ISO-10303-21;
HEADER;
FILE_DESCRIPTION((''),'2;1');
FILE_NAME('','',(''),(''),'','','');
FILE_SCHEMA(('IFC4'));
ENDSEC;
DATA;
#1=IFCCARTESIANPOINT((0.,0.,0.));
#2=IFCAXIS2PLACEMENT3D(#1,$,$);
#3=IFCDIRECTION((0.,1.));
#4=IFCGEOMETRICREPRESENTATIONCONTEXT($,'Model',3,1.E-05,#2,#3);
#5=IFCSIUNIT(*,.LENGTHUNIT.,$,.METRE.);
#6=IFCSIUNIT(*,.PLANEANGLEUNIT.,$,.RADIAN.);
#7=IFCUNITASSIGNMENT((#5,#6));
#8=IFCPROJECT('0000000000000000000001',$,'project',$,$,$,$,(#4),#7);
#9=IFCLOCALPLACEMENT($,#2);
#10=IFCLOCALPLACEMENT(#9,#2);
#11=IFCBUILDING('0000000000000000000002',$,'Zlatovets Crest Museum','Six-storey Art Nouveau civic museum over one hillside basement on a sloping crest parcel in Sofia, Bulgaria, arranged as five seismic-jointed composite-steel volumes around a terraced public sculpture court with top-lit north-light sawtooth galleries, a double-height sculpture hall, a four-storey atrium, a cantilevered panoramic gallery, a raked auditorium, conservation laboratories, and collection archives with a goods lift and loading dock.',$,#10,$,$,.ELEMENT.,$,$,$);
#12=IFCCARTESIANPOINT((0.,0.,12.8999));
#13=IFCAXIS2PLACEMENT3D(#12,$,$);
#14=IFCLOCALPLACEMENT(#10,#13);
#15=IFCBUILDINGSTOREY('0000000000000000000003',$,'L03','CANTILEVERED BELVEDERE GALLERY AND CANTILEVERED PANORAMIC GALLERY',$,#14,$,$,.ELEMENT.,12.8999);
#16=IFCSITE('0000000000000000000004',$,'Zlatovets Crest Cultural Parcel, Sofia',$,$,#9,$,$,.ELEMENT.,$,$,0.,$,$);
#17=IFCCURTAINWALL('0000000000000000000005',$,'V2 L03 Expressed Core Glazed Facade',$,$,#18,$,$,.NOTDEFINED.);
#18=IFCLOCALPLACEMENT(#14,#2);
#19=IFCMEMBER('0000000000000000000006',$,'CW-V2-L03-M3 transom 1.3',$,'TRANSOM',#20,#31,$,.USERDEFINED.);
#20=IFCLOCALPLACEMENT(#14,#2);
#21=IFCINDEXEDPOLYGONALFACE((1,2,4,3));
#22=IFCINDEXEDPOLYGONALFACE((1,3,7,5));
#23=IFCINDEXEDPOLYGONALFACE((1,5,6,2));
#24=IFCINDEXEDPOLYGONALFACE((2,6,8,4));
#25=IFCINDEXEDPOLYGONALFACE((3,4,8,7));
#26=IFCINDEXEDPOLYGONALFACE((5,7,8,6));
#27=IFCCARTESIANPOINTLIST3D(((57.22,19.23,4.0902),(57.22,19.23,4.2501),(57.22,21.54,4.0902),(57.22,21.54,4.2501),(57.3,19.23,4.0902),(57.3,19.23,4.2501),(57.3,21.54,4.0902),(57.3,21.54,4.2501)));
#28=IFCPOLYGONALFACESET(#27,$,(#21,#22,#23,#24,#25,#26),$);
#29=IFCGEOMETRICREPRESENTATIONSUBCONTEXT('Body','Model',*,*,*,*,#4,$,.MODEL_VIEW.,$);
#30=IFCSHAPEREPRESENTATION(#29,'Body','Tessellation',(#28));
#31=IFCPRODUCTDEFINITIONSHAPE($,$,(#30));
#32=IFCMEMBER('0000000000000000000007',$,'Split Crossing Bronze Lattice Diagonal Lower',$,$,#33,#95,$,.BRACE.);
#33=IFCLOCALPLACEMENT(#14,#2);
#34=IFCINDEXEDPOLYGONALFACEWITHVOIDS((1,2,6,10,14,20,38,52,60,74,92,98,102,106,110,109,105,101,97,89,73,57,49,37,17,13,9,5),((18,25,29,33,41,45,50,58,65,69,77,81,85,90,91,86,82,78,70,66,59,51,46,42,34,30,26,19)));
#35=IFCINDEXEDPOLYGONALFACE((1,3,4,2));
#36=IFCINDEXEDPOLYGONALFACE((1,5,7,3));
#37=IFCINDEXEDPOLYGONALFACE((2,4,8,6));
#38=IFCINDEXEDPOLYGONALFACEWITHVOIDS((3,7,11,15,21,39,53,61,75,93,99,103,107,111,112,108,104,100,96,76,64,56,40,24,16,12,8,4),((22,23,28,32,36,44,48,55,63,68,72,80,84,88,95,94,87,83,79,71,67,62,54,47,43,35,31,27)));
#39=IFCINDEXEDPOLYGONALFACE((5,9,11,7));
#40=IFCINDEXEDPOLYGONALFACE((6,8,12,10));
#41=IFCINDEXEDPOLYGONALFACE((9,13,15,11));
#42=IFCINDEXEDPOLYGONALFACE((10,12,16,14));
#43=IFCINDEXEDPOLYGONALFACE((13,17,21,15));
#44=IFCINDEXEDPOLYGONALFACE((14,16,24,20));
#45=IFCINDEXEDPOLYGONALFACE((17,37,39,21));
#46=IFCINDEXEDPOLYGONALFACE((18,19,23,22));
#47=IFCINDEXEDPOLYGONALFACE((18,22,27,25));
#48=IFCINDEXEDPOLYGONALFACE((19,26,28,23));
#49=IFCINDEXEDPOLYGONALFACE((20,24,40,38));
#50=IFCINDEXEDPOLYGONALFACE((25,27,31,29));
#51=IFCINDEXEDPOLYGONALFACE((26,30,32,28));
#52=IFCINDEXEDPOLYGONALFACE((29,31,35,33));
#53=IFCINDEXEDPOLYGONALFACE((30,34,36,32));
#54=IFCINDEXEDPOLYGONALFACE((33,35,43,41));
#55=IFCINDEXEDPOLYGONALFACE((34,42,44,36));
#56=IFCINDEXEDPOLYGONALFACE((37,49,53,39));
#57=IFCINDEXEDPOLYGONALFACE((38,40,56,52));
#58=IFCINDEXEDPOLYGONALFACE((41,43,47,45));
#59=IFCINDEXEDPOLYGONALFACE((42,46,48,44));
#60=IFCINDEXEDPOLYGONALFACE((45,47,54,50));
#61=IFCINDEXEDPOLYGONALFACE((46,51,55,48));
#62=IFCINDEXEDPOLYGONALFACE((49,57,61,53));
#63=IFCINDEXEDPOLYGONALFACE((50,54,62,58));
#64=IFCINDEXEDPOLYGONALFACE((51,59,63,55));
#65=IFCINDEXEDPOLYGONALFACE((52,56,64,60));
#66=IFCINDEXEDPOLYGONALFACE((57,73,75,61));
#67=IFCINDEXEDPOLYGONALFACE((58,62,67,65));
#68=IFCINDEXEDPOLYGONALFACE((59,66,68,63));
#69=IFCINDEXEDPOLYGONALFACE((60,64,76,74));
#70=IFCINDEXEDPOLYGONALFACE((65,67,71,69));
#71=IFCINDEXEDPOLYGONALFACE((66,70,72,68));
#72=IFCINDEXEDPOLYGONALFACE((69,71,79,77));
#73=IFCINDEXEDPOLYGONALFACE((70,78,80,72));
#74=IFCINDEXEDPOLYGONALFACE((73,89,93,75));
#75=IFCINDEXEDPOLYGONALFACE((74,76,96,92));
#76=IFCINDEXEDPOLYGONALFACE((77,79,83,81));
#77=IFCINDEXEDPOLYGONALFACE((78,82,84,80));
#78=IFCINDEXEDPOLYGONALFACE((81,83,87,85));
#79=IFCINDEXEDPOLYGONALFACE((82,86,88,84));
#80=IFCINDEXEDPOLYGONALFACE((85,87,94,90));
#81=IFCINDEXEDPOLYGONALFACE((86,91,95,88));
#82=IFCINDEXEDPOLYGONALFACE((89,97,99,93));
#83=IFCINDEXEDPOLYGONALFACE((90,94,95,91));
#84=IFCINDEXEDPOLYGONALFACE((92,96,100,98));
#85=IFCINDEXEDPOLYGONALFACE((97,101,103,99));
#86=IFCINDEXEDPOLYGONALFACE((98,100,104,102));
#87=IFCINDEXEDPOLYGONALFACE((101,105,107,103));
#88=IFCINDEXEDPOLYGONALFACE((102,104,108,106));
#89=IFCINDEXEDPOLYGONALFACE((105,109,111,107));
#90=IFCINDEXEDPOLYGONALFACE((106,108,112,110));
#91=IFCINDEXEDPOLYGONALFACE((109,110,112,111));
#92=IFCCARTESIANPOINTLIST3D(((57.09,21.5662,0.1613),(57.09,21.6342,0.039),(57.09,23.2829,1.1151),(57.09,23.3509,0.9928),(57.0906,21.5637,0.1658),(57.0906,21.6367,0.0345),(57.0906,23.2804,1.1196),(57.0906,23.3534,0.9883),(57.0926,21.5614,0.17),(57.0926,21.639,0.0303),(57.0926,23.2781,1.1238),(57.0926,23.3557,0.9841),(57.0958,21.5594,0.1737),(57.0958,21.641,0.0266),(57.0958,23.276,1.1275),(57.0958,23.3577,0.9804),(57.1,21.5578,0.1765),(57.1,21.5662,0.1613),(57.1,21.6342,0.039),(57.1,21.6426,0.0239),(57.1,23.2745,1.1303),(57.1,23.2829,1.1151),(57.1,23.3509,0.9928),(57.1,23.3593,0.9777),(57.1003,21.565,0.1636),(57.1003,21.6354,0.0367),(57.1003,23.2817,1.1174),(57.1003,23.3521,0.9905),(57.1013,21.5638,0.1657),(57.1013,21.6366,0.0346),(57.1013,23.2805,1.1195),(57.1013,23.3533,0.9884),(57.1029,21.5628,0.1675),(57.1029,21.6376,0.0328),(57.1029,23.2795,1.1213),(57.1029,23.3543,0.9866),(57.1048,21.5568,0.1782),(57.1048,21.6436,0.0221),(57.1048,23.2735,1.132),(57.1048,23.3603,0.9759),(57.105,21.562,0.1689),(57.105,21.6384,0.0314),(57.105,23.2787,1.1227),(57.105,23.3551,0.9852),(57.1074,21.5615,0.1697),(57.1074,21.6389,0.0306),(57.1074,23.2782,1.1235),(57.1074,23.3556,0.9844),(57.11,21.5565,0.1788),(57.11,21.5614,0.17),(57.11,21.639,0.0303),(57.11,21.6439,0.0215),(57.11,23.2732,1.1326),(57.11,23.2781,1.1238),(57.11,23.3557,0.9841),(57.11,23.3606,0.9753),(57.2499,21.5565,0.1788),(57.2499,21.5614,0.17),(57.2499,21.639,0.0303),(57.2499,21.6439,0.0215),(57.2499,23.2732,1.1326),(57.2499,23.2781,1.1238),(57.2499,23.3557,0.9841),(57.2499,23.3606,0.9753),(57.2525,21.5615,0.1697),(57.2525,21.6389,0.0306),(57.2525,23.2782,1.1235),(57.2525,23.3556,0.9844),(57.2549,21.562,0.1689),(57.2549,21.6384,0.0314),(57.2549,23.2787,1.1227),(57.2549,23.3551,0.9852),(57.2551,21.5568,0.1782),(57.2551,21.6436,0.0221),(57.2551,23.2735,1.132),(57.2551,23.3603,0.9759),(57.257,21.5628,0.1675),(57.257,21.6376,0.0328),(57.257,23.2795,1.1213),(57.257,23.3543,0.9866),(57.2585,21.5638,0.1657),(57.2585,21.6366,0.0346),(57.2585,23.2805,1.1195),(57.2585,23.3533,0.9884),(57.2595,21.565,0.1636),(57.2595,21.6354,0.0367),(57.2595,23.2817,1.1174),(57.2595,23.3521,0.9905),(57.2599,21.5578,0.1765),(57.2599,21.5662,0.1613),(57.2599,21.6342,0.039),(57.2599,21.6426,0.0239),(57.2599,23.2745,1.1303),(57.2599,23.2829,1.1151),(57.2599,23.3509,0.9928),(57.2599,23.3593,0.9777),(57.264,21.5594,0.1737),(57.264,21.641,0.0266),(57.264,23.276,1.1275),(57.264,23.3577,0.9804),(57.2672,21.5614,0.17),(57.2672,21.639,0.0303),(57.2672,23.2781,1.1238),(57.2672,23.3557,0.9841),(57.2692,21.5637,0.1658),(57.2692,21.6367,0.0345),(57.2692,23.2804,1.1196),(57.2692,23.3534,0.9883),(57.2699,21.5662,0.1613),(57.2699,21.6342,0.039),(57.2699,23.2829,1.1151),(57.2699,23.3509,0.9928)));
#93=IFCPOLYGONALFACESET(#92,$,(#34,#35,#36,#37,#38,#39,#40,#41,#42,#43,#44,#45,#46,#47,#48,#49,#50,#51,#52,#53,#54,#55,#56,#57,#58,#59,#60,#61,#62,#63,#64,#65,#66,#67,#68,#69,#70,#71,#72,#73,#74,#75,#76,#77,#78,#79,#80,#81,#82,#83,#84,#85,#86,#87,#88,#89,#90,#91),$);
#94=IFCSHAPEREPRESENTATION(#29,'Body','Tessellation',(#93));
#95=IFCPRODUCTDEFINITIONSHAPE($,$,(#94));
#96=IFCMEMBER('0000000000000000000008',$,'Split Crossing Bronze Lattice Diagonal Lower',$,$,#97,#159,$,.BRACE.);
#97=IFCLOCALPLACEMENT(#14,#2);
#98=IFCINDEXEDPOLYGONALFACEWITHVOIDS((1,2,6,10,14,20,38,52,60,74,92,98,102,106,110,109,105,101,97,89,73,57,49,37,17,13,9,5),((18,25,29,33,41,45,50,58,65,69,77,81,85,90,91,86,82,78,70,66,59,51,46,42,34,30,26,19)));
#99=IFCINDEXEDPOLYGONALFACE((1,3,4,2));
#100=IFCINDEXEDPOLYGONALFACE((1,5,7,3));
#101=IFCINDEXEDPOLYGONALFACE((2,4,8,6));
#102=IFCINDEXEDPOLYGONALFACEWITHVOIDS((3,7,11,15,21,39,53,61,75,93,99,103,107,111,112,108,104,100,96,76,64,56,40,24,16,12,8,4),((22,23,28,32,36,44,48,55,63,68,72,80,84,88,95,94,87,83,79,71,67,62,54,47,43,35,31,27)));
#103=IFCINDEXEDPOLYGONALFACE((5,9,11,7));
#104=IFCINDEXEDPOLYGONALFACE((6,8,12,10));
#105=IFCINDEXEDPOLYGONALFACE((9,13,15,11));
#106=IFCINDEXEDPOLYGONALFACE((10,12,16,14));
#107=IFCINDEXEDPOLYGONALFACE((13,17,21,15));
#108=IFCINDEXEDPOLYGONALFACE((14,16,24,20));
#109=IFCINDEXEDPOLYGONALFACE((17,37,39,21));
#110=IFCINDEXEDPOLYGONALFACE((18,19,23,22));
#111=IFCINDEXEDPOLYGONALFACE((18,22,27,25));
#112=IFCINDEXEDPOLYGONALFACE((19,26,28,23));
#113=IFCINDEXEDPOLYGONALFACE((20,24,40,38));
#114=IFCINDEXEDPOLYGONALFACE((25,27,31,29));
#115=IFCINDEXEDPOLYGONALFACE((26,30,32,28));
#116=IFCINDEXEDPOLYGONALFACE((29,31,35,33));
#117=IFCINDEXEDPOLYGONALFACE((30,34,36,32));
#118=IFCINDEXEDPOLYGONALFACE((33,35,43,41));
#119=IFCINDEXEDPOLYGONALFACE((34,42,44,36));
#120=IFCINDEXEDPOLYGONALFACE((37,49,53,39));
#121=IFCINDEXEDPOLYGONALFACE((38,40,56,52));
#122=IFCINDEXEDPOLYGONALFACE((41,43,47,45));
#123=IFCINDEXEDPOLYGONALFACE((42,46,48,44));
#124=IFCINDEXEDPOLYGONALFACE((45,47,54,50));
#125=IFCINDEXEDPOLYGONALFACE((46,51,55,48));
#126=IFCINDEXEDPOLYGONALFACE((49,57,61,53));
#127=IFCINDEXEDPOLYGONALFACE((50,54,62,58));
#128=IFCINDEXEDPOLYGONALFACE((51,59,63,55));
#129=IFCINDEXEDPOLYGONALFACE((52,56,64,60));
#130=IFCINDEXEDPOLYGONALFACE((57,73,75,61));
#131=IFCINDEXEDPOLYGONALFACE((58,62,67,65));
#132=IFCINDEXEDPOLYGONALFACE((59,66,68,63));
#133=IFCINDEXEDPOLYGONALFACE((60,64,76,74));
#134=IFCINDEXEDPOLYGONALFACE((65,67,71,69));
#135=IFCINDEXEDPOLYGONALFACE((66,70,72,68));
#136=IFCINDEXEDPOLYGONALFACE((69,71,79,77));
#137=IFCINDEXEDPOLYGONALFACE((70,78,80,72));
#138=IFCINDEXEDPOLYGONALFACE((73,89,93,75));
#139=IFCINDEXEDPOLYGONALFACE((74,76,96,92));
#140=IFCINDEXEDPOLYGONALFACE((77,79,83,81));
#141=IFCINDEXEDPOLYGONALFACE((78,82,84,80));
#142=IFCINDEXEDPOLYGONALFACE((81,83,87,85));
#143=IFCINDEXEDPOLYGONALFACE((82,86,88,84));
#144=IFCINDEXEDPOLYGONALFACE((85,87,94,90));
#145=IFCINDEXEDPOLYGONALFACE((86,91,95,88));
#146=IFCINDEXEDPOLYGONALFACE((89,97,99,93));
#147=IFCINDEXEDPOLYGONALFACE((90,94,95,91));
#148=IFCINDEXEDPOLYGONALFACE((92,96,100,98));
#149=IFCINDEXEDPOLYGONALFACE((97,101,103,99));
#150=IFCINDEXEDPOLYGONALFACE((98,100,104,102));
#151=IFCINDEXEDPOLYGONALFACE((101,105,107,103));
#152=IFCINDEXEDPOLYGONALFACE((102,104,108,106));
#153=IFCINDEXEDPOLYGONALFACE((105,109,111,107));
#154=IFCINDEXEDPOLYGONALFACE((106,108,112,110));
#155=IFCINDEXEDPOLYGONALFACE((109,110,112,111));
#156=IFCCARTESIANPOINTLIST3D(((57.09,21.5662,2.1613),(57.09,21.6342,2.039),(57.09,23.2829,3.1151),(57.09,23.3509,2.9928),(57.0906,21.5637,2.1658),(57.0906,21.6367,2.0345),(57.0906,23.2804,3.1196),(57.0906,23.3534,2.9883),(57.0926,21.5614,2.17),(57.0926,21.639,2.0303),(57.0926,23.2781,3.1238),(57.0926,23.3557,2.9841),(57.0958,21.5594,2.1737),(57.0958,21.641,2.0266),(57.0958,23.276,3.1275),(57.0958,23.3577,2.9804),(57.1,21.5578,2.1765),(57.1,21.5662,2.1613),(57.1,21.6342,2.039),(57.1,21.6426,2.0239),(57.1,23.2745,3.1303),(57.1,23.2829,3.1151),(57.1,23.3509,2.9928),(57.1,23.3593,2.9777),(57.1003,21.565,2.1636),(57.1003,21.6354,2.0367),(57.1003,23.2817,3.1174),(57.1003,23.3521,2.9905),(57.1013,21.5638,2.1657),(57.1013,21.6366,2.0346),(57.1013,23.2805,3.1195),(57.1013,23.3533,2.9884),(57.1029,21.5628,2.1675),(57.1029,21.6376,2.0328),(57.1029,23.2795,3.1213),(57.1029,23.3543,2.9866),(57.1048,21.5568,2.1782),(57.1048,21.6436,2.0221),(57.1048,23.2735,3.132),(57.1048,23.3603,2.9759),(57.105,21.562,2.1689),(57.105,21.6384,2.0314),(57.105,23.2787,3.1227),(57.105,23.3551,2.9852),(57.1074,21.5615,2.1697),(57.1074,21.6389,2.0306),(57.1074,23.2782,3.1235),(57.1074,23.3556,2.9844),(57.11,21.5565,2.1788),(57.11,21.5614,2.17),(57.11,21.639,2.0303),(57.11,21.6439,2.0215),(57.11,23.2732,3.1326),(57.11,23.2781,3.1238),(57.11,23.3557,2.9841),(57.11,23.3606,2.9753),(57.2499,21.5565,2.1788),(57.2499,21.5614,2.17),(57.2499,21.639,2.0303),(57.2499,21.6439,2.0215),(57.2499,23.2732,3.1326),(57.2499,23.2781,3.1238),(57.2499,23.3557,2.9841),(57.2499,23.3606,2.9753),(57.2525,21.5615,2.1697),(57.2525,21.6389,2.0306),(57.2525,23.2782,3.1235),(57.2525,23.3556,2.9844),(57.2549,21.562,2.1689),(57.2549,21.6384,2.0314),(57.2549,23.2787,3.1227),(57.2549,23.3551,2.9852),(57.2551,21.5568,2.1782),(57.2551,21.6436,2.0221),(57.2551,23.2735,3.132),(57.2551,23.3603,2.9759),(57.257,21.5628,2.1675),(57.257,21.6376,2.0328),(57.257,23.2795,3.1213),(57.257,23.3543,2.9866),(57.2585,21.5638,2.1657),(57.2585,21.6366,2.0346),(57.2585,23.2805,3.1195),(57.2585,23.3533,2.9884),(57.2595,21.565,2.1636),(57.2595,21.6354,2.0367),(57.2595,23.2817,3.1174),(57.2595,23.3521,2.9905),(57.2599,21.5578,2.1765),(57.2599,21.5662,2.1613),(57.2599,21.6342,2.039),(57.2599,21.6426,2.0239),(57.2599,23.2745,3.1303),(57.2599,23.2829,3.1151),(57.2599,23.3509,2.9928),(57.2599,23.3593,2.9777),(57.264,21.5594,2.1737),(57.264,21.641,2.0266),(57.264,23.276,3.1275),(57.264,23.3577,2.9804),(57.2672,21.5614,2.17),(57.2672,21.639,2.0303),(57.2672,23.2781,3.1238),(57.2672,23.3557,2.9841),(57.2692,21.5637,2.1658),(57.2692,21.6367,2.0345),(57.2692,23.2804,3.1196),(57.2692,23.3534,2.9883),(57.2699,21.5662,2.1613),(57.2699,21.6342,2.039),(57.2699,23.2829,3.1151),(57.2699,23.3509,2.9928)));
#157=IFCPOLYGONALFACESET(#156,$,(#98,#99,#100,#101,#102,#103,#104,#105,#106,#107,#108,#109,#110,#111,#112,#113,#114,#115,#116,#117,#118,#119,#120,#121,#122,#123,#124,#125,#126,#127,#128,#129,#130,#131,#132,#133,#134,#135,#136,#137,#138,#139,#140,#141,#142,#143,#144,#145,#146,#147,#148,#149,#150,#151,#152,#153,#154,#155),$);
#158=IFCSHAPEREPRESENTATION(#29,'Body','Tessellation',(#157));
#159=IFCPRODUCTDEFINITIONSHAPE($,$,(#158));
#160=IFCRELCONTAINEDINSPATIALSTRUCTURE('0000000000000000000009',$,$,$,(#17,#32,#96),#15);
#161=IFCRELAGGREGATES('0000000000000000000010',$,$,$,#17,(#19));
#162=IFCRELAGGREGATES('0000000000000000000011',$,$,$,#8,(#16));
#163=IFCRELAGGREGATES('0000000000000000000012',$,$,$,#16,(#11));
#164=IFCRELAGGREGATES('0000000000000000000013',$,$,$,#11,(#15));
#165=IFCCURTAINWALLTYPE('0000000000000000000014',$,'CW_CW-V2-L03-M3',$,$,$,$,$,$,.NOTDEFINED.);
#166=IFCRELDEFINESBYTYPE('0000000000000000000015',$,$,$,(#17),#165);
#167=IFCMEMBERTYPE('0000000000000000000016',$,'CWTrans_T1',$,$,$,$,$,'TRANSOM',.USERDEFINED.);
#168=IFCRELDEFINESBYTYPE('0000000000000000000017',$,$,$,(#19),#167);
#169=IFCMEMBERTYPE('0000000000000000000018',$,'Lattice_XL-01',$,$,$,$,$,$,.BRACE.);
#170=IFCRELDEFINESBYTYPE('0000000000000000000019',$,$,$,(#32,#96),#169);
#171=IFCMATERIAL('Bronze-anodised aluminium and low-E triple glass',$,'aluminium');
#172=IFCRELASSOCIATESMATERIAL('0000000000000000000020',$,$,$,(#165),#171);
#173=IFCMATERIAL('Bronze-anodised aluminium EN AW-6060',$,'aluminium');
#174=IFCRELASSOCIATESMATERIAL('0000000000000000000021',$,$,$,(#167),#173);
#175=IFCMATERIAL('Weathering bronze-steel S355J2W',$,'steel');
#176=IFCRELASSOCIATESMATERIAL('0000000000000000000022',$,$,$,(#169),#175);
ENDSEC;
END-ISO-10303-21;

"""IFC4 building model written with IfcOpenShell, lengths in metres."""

from ifc_helpers import new_model, si_unit, direction, frame, origin, origin_2d, place, context, subcontext, project, spatial, rectangle, hollow_rectangle, extrude, material, material_profile, profile_set, type_object, element, aggregate, save


model = new_model("IFC4")

# Units and contexts
model_context = context("Model", 3, precision=1e-05, world=origin(), true_north=direction((0.0, 1.0)))
body_context = subcontext(model_context, "Body", "Model", "MODEL_VIEW")
ifc_project = project(units=[si_unit("LENGTHUNIT", "METRE"), si_unit("PLANEANGLEUNIT", "RADIAN")], contexts=[model_context])

# Site, building, storey
site_placement = place(None, origin())
site = spatial("IfcSite", under=ifc_project, at=site_placement, Name="Zlatovets Crest Cultural Parcel, Sofia", CompositionType="ELEMENT", RefElevation=0.0)
building_placement = place(site_placement, origin())
building = spatial("IfcBuilding", under=site, at=building_placement, Name="Zlatovets Crest Museum", Description="Six-storey Art Nouveau civic museum over one hillside basement on a sloping crest parcel in Sofia, Bulgaria, arranged as five seismic-jointed composite-steel volumes around a terraced public sculpture court with top-lit north-light sawtooth galleries, a double-height sculpture hall, a four-storey atrium, a cantilevered panoramic gallery, a raked auditorium, conservation laboratories, and collection archives with a goods lift and loading dock.", CompositionType="ELEMENT")
storey_placement = place(building_placement, frame((0.0, 0.0, 12.8999)))
storey = spatial("IfcBuildingStorey", under=building, at=storey_placement, Name="L03", Description="CANTILEVERED BELVEDERE GALLERY AND CANTILEVERED PANORAMIC GALLERY", CompositionType="ELEMENT", Elevation=12.8999)

# Curtain wall, member
ifc_material_1 = material(Name="Bronze-anodised aluminium and low-E triple glass", Category="aluminium")
curtain_wall_type = type_object("IfcCurtainWallType", Name="CW_CW-V2-L03-M3", PredefinedType="NOTDEFINED", material=ifc_material_1)
curtain_wall_placement = place(storey_placement, origin())
curtain_wall = element("IfcCurtainWall", 1, at=curtain_wall_placement, inside=storey, type_object=curtain_wall_type, Name="V2 L03 Expressed Core Glazed Facade", PredefinedType="NOTDEFINED")
ifc_material_2 = material(Name="Bronze-anodised aluminium EN AW-6060", Category="aluminium")
ifc_material_profile_1 = material_profile(ifc_material_2, rectangle(XDim=0.0801, YDim=0.1599, at=origin_2d()), Name="ALU 80x160")
ifc_profile_set_1 = profile_set([ifc_material_profile_1], Name="Bronze-anodised aluminium EN AW-6060")
member_type_1 = type_object("IfcMemberType", Name="CWTrans_T1", ElementType="TRANSOM", PredefinedType="USERDEFINED", material=ifc_profile_set_1)
member_1_placement = place(storey_placement, frame((57.26, 21.54, 4.1702), z_axis=(0.0, -1.0, 0.0), x_axis=(1.0, 0.0, 0.0)))
member_1 = element("IfcMember", 2, at=member_1_placement, type_object=member_type_1, Name="CW-V2-L03-M3 transom 1.3", ObjectType="TRANSOM", PredefinedType="USERDEFINED", context=body_context, shape_type="SweptSolid", body=[
    extrude(rectangle(XDim=0.0801, YDim=0.1599, at=origin_2d()), origin(), (0.0, 0.0, 1.0), 2.3101),
])

# Members
ifc_material_3 = material(Name="Weathering bronze-steel S355J2W", Category="steel")
ifc_material_profile_2 = material_profile(ifc_material_3, hollow_rectangle(XDim=0.1799, YDim=0.1799, WallThickness=0.01, InnerFilletRadius=0.01, OuterFilletRadius=0.02, at=origin_2d()), Name="SHS 180x180x10.0")
ifc_profile_set_2 = profile_set([ifc_material_profile_2], Name="Weathering bronze-steel S355J2W")
member_type_2 = type_object("IfcMemberType", Name="Lattice_XL-01", PredefinedType="BRACE", material=ifc_profile_set_2)
for number, where, z_axis, x_axis, name in (
    (3, (57.1799, 23.3169, 1.054), (0.0, -0.87414, -0.485675), (1.0, 0.0, 0.0), "Split Crossing Bronze Lattice Diagonal Lower"),
    (4, (57.1799, 23.3169, 3.054), (0.0, -0.87414, -0.485675), (1.0, 0.0, 0.0), "Split Crossing Bronze Lattice Diagonal Lower"),
):
    element("IfcMember", number, at=place(storey_placement, frame(where, z_axis=z_axis, x_axis=x_axis)), inside=storey, type_object=member_type_2, Name=name, PredefinedType="BRACE", context=body_context, shape_type="SweptSolid", body=[
        extrude(hollow_rectangle(XDim=0.1799, YDim=0.1799, WallThickness=0.01, InnerFilletRadius=0.01, OuterFilletRadius=0.02, at=origin_2d()), origin(), (0.0, 0.0, 1.0), 1.9639),
    ])

aggregate(curtain_wall, [member_1])

save(model, "model.ifc")
